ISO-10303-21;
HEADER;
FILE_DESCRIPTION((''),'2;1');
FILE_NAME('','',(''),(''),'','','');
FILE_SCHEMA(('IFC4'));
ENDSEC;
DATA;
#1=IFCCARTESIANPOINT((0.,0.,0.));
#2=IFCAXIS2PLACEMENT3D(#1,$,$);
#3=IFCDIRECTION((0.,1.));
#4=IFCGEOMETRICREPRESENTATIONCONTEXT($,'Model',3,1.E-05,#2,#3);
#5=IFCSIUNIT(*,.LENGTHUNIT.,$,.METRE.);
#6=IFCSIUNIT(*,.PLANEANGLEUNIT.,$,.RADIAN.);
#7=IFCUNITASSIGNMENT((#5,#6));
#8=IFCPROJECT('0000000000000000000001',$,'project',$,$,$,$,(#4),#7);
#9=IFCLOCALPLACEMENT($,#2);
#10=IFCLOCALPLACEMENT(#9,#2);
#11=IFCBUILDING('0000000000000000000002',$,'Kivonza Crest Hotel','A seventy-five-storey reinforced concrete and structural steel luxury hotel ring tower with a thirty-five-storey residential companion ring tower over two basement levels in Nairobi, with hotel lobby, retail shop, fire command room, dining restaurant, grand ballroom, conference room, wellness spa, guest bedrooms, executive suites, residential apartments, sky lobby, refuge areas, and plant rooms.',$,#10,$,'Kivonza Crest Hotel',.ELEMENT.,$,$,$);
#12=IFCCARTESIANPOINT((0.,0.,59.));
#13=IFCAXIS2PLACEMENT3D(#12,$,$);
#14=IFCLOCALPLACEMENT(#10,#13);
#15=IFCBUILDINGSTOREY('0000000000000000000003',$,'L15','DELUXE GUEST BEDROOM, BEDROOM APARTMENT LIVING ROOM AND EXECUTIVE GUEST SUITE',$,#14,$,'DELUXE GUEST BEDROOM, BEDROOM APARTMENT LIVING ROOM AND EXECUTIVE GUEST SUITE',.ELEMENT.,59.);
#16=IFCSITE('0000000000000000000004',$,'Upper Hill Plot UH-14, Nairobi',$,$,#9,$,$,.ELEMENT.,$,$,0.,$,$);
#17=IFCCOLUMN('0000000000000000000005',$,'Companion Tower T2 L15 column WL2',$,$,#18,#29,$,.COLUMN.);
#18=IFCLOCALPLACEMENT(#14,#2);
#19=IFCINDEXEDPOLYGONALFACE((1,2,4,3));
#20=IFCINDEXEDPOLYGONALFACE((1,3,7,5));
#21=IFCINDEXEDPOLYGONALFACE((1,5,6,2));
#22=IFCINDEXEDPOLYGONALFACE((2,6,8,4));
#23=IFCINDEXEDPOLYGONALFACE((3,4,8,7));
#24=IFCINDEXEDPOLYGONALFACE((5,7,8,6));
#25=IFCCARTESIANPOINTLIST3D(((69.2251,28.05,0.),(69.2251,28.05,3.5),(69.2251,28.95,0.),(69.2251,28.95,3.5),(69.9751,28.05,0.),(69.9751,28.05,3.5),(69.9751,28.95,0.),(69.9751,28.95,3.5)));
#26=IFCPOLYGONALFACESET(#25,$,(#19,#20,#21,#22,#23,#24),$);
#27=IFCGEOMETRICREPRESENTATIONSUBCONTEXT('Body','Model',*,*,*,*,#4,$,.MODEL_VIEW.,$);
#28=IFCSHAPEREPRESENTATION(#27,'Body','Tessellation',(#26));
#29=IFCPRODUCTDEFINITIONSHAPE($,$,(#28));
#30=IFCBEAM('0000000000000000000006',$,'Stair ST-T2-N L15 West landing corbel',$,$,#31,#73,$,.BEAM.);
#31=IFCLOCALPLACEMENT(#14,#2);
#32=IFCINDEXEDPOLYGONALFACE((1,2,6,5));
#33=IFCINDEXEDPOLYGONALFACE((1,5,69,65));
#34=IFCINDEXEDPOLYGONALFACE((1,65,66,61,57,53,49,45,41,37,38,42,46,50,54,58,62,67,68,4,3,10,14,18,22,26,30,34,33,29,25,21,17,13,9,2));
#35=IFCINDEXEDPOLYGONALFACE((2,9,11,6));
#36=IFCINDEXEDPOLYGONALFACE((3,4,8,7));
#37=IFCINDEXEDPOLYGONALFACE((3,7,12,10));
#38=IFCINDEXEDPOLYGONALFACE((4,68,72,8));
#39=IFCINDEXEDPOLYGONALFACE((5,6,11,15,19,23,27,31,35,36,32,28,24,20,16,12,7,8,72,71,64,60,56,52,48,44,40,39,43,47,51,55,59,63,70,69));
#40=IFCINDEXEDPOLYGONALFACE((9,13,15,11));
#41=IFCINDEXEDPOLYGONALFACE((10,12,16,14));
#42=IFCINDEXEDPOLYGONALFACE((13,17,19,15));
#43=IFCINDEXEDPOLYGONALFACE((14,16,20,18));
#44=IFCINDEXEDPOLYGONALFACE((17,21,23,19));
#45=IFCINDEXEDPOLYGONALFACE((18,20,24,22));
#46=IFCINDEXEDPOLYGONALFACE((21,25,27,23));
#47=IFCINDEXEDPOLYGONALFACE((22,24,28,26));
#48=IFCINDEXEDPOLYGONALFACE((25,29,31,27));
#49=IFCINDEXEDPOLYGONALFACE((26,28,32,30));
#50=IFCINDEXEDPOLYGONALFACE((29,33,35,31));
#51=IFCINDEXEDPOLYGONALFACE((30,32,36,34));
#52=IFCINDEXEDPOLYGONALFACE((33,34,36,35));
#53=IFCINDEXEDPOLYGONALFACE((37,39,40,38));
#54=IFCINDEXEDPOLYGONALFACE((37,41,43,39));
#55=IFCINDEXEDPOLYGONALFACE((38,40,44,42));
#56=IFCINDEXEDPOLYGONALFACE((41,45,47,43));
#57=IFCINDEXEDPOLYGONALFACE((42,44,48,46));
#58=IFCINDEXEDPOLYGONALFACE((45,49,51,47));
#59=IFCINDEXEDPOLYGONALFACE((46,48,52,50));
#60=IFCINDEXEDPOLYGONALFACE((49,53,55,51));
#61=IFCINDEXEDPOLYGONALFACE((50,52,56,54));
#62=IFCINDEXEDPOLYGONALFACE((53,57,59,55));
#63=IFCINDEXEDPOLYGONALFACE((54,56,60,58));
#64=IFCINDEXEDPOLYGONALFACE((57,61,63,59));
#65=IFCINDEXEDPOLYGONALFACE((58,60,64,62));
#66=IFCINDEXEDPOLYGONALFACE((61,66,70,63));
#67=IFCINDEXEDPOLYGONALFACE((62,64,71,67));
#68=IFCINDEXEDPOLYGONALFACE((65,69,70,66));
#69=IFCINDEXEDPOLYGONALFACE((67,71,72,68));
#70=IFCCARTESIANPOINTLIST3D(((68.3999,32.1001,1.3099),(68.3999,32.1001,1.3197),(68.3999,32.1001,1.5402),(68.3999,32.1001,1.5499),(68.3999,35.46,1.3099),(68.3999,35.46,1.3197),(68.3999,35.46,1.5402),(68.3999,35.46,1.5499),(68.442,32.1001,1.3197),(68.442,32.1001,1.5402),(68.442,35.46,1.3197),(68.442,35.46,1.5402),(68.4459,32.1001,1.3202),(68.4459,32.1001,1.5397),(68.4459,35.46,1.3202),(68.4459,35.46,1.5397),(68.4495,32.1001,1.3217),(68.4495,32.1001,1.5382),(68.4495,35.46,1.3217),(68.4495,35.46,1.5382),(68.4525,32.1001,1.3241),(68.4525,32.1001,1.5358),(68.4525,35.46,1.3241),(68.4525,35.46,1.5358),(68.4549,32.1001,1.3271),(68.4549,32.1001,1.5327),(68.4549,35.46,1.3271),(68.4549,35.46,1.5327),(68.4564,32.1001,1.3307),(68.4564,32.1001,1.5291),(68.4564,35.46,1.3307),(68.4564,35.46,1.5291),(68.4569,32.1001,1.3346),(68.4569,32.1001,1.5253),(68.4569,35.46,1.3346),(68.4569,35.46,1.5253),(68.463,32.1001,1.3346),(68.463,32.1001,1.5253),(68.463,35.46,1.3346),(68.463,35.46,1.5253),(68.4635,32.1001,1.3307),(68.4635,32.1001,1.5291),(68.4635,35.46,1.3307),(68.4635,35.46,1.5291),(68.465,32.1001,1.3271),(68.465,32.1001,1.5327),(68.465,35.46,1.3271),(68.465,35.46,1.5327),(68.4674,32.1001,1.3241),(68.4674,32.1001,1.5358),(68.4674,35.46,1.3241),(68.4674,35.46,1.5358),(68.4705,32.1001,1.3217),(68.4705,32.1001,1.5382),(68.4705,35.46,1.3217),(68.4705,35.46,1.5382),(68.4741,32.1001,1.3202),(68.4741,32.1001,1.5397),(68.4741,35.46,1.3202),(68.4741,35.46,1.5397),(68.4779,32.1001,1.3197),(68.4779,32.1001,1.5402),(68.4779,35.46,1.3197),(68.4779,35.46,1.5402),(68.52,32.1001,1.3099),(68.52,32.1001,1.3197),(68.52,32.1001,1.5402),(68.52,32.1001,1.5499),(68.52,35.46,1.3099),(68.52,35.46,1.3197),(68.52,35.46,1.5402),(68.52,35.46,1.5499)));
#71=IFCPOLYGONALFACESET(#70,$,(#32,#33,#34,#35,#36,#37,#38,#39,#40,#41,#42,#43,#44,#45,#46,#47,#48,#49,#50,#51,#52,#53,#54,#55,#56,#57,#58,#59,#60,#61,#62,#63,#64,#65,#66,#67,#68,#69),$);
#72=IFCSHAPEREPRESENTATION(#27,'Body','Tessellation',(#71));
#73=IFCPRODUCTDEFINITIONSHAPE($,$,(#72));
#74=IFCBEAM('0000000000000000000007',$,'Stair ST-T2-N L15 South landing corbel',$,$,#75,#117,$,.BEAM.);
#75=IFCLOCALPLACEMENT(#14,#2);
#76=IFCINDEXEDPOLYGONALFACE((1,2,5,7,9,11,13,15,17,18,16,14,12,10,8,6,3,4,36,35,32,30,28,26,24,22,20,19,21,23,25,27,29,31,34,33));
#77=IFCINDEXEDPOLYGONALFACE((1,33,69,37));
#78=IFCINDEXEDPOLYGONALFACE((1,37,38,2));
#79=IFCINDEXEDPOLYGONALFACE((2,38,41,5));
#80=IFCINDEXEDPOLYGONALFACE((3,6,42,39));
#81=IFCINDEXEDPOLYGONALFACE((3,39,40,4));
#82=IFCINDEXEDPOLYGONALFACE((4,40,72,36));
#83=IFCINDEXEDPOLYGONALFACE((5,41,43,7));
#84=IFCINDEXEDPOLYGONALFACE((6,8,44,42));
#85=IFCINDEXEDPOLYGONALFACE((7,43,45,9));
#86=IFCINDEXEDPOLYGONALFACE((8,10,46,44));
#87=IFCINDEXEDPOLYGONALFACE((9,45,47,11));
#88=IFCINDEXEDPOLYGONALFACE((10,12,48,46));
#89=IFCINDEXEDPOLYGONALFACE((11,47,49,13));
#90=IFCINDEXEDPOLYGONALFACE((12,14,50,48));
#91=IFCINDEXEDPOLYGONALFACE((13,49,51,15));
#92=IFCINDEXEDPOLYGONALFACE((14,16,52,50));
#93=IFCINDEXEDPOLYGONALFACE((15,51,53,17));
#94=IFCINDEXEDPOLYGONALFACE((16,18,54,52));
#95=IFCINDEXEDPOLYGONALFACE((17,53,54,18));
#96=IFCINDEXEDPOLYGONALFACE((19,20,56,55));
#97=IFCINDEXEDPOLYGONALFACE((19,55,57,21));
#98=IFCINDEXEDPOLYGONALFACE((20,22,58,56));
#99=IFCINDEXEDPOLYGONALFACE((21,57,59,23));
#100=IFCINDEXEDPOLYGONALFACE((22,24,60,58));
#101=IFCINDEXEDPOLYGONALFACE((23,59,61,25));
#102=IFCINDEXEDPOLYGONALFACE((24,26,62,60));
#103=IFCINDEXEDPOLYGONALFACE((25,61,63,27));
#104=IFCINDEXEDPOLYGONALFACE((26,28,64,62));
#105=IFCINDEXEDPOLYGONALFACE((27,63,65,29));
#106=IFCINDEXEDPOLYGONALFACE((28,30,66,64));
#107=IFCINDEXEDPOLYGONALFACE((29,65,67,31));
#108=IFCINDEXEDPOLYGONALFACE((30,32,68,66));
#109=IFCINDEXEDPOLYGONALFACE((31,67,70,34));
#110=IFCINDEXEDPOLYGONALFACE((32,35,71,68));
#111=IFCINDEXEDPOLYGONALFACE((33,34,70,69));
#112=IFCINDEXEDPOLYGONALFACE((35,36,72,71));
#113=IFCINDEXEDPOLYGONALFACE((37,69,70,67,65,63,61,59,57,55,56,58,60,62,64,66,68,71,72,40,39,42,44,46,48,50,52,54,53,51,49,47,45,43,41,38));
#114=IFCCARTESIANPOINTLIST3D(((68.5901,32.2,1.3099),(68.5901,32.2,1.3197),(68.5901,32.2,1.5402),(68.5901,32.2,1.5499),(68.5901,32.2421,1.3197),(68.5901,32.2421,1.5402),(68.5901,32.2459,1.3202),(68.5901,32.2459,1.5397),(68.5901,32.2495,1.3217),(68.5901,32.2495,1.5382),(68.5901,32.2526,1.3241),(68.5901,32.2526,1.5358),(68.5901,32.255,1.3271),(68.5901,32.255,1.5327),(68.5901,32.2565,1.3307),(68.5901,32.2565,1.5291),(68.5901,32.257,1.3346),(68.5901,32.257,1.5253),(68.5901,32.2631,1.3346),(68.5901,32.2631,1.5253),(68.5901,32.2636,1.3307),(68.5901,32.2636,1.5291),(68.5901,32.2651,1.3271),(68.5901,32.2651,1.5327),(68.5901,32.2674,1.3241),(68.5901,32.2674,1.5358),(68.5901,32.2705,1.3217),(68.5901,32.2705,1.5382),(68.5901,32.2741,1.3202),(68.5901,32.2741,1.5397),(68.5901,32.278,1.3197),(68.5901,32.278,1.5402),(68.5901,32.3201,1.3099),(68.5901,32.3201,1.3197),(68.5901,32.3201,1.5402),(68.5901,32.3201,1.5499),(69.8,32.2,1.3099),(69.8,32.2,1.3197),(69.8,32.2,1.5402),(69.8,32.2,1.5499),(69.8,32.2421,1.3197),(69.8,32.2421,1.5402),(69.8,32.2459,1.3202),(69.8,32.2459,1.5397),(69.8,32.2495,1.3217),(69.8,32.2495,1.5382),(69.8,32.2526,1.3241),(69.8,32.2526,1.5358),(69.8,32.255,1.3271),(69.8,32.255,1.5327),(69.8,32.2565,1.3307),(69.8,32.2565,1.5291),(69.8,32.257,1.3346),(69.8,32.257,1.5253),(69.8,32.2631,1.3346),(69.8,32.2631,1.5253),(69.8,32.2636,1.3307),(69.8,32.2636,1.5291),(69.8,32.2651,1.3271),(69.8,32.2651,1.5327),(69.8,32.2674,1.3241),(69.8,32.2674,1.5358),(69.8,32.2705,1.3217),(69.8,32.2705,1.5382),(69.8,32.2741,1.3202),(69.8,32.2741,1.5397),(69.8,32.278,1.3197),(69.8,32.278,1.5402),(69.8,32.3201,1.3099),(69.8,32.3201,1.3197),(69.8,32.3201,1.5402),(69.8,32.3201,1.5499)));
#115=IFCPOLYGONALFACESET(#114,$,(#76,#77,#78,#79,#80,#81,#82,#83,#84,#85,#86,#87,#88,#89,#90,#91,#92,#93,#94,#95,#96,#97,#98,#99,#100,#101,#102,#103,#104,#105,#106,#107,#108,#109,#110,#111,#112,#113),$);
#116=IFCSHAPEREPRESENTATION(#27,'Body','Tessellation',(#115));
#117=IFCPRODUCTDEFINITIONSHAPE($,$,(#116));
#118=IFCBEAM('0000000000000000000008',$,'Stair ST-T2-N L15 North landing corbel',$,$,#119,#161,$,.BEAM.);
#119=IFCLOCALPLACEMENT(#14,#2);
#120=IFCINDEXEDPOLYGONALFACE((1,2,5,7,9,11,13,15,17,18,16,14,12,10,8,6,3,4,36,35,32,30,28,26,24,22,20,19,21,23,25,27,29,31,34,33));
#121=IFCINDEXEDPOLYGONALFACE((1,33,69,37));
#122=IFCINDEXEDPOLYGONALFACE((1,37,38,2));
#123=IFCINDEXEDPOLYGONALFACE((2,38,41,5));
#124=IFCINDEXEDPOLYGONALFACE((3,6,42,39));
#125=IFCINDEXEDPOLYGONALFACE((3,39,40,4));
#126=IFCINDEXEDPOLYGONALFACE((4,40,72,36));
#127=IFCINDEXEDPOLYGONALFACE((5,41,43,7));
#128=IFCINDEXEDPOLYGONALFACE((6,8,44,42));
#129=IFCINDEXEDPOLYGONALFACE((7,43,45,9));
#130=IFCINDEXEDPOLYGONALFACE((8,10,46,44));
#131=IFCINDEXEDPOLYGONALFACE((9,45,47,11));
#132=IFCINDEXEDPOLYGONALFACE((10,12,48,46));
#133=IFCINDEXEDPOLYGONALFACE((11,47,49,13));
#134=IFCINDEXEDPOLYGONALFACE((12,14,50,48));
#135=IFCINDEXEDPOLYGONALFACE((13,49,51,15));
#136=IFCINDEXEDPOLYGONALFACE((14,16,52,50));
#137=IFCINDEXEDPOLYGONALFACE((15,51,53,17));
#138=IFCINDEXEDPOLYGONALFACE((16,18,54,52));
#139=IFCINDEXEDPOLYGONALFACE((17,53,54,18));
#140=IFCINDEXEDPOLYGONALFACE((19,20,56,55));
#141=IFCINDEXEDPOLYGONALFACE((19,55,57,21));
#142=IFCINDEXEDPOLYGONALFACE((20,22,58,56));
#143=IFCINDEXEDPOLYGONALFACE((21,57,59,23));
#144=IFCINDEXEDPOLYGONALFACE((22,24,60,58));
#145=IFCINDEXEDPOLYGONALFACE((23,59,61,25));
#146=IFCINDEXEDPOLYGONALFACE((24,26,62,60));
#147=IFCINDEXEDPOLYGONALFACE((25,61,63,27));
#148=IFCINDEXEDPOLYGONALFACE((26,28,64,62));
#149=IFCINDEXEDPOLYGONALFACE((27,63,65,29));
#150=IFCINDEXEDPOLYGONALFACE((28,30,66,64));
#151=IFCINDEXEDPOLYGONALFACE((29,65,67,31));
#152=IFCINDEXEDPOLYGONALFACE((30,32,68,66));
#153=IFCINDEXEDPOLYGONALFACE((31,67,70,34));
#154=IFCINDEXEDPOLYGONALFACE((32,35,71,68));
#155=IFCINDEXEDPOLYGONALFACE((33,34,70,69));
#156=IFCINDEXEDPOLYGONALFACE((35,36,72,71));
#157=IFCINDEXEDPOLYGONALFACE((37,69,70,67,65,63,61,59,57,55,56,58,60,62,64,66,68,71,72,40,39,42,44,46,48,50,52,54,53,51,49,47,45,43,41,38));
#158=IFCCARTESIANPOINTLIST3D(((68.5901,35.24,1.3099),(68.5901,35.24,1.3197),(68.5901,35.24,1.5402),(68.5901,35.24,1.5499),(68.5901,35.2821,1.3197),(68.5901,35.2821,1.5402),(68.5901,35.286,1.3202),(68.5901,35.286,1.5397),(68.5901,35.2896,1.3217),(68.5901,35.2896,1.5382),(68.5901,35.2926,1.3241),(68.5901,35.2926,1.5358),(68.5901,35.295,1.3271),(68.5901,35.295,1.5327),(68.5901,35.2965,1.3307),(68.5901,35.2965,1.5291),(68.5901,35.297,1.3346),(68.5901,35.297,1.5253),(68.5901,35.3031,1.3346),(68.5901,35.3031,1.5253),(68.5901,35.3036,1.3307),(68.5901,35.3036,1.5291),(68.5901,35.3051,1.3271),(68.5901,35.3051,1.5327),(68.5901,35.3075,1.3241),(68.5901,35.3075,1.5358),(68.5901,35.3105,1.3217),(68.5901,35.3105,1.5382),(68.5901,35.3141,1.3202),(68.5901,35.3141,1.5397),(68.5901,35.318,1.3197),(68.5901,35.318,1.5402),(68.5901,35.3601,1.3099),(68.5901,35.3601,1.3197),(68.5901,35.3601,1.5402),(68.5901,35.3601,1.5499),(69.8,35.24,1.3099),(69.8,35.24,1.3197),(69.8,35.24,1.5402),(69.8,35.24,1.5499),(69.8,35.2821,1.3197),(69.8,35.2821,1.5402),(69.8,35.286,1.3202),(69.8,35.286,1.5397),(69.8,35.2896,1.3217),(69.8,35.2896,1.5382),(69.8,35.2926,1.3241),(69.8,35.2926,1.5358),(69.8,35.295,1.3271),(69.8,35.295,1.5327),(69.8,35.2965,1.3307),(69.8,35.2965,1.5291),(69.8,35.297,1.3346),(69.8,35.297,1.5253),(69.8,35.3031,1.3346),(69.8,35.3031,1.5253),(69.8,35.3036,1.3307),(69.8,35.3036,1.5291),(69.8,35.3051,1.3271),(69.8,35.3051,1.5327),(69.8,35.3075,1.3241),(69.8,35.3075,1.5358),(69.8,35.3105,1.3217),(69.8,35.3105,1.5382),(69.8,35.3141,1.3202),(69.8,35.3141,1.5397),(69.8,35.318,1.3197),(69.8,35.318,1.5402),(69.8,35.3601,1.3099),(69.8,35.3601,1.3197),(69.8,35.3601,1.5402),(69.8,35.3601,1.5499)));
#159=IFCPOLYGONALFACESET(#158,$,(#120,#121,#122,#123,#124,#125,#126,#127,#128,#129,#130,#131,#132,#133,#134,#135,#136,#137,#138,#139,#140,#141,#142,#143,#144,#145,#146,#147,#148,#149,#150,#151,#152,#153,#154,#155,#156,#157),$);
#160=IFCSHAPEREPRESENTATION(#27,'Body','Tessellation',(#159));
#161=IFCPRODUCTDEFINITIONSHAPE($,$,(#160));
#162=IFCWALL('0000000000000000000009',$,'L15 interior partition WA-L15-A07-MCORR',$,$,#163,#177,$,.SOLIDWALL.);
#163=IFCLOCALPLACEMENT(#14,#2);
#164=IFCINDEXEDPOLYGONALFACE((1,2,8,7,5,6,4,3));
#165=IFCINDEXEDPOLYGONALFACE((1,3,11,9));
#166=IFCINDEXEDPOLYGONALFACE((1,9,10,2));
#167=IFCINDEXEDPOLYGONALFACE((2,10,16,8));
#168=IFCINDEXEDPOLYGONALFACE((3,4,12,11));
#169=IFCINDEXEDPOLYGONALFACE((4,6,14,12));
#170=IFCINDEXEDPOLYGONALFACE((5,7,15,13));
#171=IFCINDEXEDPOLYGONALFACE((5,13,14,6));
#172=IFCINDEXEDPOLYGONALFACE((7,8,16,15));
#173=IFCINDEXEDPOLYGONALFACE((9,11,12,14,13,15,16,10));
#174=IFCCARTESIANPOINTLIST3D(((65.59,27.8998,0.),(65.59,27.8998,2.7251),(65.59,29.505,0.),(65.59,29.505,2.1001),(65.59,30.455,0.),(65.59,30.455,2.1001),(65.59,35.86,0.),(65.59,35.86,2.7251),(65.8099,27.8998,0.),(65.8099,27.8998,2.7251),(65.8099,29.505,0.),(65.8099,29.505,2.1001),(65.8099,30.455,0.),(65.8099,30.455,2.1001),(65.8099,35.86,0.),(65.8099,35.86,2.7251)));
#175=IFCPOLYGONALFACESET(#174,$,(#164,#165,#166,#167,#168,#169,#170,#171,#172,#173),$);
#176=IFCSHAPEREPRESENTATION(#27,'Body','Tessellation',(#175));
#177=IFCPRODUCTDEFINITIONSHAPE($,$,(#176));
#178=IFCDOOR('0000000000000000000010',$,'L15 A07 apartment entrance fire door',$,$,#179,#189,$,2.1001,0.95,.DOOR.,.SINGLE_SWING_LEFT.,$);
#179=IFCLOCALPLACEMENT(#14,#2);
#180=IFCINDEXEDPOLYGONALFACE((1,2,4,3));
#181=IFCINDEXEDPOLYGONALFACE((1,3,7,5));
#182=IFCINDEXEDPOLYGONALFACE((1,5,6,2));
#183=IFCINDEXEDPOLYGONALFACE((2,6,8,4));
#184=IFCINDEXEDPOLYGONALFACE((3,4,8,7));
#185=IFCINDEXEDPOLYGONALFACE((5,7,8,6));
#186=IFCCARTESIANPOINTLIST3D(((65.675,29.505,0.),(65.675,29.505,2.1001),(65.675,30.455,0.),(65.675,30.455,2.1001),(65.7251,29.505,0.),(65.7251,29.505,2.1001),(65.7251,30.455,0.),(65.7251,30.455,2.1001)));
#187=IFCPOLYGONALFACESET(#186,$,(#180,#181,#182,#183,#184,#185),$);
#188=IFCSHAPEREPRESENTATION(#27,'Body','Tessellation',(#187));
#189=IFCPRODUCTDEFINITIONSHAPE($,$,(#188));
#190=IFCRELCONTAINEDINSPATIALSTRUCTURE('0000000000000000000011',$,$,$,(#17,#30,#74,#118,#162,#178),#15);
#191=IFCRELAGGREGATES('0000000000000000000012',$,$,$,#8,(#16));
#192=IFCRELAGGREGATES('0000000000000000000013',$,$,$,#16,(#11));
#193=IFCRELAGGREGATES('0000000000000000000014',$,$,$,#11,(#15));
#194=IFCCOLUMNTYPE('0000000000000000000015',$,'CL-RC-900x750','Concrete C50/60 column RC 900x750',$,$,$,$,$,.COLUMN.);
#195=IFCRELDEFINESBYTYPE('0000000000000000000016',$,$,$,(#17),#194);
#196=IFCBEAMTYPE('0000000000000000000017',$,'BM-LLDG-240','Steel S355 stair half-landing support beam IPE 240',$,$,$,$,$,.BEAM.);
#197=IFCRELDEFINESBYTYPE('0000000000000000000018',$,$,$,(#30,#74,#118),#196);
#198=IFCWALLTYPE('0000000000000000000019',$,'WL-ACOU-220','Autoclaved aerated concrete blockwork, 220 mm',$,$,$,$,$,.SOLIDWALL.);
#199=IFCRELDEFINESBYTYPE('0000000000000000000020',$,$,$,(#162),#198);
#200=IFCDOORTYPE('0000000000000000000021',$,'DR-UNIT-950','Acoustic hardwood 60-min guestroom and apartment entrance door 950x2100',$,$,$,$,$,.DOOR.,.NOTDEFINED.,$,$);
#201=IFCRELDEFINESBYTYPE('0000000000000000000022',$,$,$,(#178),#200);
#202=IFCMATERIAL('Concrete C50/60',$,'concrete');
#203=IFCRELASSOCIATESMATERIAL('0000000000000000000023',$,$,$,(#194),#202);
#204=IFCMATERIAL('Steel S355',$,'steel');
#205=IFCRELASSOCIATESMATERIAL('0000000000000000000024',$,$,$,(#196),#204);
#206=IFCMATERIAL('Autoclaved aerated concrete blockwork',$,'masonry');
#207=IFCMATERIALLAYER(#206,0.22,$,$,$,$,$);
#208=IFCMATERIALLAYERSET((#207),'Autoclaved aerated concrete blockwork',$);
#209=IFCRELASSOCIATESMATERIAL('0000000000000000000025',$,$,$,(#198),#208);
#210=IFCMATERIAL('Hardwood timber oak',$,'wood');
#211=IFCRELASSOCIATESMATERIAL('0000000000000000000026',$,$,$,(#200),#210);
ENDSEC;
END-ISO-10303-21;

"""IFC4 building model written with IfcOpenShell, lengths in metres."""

from ifc_helpers import new_model, si_unit, direction, frame, frame_2d, origin, origin_2d, place, context, subcontext, project, spatial, rectangle, i_section, extrude, material, layer, layer_set, material_profile, profile_set, type_object, element, fill, save


model = new_model("IFC4")

# Units and contexts
model_context = context("Model", 3, precision=1e-05, world=origin(), true_north=direction((0.0, 1.0)))
body_context = subcontext(model_context, "Body", "Model", "MODEL_VIEW")
ifc_project = project(units=[si_unit("LENGTHUNIT", "METRE"), si_unit("PLANEANGLEUNIT", "RADIAN")], contexts=[model_context])

# Site, building, storey
site_placement = place(None, origin())
site = spatial("IfcSite", under=ifc_project, at=site_placement, Name="Upper Hill Plot UH-14, Nairobi", CompositionType="ELEMENT", RefElevation=0.0)
building_placement = place(site_placement, origin())
building = spatial("IfcBuilding", under=site, at=building_placement, Name="Kivonza Crest Hotel", Description="A seventy-five-storey reinforced concrete and structural steel luxury hotel ring tower with a thirty-five-storey residential companion ring tower over two basement levels in Nairobi, with hotel lobby, retail shop, fire command room, dining restaurant, grand ballroom, conference room, wellness spa, guest bedrooms, executive suites, residential apartments, sky lobby, refuge areas, and plant rooms.", LongName="Kivonza Crest Hotel", CompositionType="ELEMENT")
storey_placement = place(building_placement, frame((0.0, 0.0, 59.0)))
storey = spatial("IfcBuildingStorey", under=building, at=storey_placement, Name="L15", Description="DELUXE GUEST BEDROOM, BEDROOM APARTMENT LIVING ROOM AND EXECUTIVE GUEST SUITE", LongName="DELUXE GUEST BEDROOM, BEDROOM APARTMENT LIVING ROOM AND EXECUTIVE GUEST SUITE", CompositionType="ELEMENT", Elevation=59.0)

# Column
ifc_material_1 = material(Name="Concrete C50/60", Category="concrete")
ifc_material_profile_1 = material_profile(ifc_material_1, rectangle(XDim=0.75, YDim=0.8999, at=origin_2d()), Name="RC 900x750")
ifc_profile_set_1 = profile_set([ifc_material_profile_1], Name="Concrete C50/60")
column_type = type_object("IfcColumnType", Name="CL-RC-900x750", Description="Concrete C50/60 column RC 900x750", PredefinedType="COLUMN", material=ifc_profile_set_1)
column_placement = place(storey_placement, frame((69.6001, 28.5, 0.0), z_axis=(0.0, 0.0, 1.0), x_axis=(1.0, 0.0, 0.0)))
element("IfcColumn", 1, at=column_placement, inside=storey, type_object=column_type, Name="Companion Tower T2 L15 column WL2", PredefinedType="COLUMN", context=body_context, shape_type="SweptSolid", body=[
    extrude(rectangle(XDim=0.75, YDim=0.8999, at=origin_2d()), origin(), (0.0, 0.0, 1.0), 3.5),
])

# Beams
ifc_material_2 = material(Name="Steel S355", Category="steel")
ifc_material_profile_2 = material_profile(ifc_material_2, i_section(OverallWidth=0.1201, OverallDepth=0.24, WebThickness=0.0061, FlangeThickness=0.0098, FilletRadius=0.0149, at=origin_2d()), Name="IPE 240")
ifc_profile_set_2 = profile_set([ifc_material_profile_2], Name="Steel S355")
beam_type = type_object("IfcBeamType", Name="BM-LLDG-240", Description="Steel S355 stair half-landing support beam IPE 240", PredefinedType="BEAM", material=ifc_profile_set_2)
beam_placement = place(storey_placement, frame((68.46, 32.1001, 1.4299), z_axis=(0.0, 1.0, 0.0), x_axis=(-1.0, 0.0, 0.0)))
element("IfcBeam", 2, at=beam_placement, inside=storey, type_object=beam_type, Name="Stair ST-T2-N L15 West landing corbel", PredefinedType="BEAM", context=body_context, shape_type="SweptSolid", body=[
    extrude(i_section(OverallWidth=0.1201, OverallDepth=0.24, WebThickness=0.0061, FlangeThickness=0.0098, FilletRadius=0.0149, at=origin_2d()), origin(), (0.0, 0.0, 1.0), 3.3599),
])
for number, where, z_axis, x_axis, name in (
    (3, (68.5901, 32.26, 1.4299), (1.0, 0.0, 0.0), (0.0, 1.0, 0.0), "Stair ST-T2-N L15 South landing corbel"),
    (4, (68.5901, 35.3, 1.4299), (1.0, 0.0, 0.0), (0.0, 1.0, 0.0), "Stair ST-T2-N L15 North landing corbel"),
):
    element("IfcBeam", number, at=place(storey_placement, frame(where, z_axis=z_axis, x_axis=x_axis)), inside=storey, type_object=beam_type, Name=name, PredefinedType="BEAM", context=body_context, shape_type="SweptSolid", body=[
        extrude(i_section(OverallWidth=0.1201, OverallDepth=0.24, WebThickness=0.0061, FlangeThickness=0.0098, FilletRadius=0.0149, at=origin_2d()), origin(), (0.0, 0.0, 1.0), 1.21),
    ])

# Wall, opening, door
ifc_material_3 = material(Name="Autoclaved aerated concrete blockwork", Category="masonry")
ifc_layer_1 = layer(ifc_material_3, 0.22)
ifc_layer_set_1 = layer_set([ifc_layer_1], Name="Autoclaved aerated concrete blockwork")
wall_type_1 = type_object("IfcWallType", Name="WL-ACOU-220", Description="Autoclaved aerated concrete blockwork, 220 mm", PredefinedType="SOLIDWALL", material=ifc_layer_set_1)
wall_1_placement = place(storey_placement, frame((65.7, 27.8999, 0.0), z_axis=(0.0, 0.0, 1.0), x_axis=(0.0, 1.0, 0.0)))
wall_1 = element("IfcWall", 5, at=wall_1_placement, inside=storey, type_object=wall_type_1, Name="L15 interior partition WA-L15-A07-MCORR", PredefinedType="SOLIDWALL", context=body_context, shape_type="SweptSolid", body=[
    extrude(rectangle(XDim=7.9602, YDim=0.22, at=frame_2d((3.98, 0.0))), origin(), (0.0, 0.0, 1.0), 2.7251),
])
opening_1_placement = place(wall_1_placement, frame((1.605, 0.0, 0.0)))
opening_1 = element("IfcOpeningElement", 6, at=opening_1_placement, cuts=wall_1, PredefinedType="OPENING", context=body_context, shape_type="SweptSolid", body=[
    extrude(rectangle(XDim=0.95, YDim=2.1001, at=frame_2d((0.4751, 1.05))), frame((0.0, 0.1201, 0.0), z_axis=(0.0, -1.0, 0.0), x_axis=(1.0, 0.0, 0.0)), (0.0, 0.0, 1.0), 0.24),
])
ifc_material_4 = material(Name="Hardwood timber oak", Category="wood")
door_type_1 = type_object("IfcDoorType", Name="DR-UNIT-950", Description="Acoustic hardwood 60-min guestroom and apartment entrance door 950x2100", OperationType="NOTDEFINED", PredefinedType="DOOR", material=ifc_material_4)
door_1_placement = place(opening_1_placement, origin())
door_1 = element("IfcDoor", 7, at=door_1_placement, inside=storey, type_object=door_type_1, Name="L15 A07 apartment entrance fire door", OperationType="SINGLE_SWING_LEFT", OverallHeight=2.1001, OverallWidth=0.95, PredefinedType="DOOR", context=body_context, shape_type="SweptSolid", body=[
    extrude(rectangle(XDim=0.95, YDim=2.1001, at=frame_2d((0.4751, 1.05))), frame((0.0, 0.0249, 0.0), z_axis=(0.0, -1.0, 0.0), x_axis=(1.0, 0.0, 0.0)), (0.0, 0.0, 1.0), 0.05),
])
fill(opening_1, door_1)

save(model, "model.ifc")
